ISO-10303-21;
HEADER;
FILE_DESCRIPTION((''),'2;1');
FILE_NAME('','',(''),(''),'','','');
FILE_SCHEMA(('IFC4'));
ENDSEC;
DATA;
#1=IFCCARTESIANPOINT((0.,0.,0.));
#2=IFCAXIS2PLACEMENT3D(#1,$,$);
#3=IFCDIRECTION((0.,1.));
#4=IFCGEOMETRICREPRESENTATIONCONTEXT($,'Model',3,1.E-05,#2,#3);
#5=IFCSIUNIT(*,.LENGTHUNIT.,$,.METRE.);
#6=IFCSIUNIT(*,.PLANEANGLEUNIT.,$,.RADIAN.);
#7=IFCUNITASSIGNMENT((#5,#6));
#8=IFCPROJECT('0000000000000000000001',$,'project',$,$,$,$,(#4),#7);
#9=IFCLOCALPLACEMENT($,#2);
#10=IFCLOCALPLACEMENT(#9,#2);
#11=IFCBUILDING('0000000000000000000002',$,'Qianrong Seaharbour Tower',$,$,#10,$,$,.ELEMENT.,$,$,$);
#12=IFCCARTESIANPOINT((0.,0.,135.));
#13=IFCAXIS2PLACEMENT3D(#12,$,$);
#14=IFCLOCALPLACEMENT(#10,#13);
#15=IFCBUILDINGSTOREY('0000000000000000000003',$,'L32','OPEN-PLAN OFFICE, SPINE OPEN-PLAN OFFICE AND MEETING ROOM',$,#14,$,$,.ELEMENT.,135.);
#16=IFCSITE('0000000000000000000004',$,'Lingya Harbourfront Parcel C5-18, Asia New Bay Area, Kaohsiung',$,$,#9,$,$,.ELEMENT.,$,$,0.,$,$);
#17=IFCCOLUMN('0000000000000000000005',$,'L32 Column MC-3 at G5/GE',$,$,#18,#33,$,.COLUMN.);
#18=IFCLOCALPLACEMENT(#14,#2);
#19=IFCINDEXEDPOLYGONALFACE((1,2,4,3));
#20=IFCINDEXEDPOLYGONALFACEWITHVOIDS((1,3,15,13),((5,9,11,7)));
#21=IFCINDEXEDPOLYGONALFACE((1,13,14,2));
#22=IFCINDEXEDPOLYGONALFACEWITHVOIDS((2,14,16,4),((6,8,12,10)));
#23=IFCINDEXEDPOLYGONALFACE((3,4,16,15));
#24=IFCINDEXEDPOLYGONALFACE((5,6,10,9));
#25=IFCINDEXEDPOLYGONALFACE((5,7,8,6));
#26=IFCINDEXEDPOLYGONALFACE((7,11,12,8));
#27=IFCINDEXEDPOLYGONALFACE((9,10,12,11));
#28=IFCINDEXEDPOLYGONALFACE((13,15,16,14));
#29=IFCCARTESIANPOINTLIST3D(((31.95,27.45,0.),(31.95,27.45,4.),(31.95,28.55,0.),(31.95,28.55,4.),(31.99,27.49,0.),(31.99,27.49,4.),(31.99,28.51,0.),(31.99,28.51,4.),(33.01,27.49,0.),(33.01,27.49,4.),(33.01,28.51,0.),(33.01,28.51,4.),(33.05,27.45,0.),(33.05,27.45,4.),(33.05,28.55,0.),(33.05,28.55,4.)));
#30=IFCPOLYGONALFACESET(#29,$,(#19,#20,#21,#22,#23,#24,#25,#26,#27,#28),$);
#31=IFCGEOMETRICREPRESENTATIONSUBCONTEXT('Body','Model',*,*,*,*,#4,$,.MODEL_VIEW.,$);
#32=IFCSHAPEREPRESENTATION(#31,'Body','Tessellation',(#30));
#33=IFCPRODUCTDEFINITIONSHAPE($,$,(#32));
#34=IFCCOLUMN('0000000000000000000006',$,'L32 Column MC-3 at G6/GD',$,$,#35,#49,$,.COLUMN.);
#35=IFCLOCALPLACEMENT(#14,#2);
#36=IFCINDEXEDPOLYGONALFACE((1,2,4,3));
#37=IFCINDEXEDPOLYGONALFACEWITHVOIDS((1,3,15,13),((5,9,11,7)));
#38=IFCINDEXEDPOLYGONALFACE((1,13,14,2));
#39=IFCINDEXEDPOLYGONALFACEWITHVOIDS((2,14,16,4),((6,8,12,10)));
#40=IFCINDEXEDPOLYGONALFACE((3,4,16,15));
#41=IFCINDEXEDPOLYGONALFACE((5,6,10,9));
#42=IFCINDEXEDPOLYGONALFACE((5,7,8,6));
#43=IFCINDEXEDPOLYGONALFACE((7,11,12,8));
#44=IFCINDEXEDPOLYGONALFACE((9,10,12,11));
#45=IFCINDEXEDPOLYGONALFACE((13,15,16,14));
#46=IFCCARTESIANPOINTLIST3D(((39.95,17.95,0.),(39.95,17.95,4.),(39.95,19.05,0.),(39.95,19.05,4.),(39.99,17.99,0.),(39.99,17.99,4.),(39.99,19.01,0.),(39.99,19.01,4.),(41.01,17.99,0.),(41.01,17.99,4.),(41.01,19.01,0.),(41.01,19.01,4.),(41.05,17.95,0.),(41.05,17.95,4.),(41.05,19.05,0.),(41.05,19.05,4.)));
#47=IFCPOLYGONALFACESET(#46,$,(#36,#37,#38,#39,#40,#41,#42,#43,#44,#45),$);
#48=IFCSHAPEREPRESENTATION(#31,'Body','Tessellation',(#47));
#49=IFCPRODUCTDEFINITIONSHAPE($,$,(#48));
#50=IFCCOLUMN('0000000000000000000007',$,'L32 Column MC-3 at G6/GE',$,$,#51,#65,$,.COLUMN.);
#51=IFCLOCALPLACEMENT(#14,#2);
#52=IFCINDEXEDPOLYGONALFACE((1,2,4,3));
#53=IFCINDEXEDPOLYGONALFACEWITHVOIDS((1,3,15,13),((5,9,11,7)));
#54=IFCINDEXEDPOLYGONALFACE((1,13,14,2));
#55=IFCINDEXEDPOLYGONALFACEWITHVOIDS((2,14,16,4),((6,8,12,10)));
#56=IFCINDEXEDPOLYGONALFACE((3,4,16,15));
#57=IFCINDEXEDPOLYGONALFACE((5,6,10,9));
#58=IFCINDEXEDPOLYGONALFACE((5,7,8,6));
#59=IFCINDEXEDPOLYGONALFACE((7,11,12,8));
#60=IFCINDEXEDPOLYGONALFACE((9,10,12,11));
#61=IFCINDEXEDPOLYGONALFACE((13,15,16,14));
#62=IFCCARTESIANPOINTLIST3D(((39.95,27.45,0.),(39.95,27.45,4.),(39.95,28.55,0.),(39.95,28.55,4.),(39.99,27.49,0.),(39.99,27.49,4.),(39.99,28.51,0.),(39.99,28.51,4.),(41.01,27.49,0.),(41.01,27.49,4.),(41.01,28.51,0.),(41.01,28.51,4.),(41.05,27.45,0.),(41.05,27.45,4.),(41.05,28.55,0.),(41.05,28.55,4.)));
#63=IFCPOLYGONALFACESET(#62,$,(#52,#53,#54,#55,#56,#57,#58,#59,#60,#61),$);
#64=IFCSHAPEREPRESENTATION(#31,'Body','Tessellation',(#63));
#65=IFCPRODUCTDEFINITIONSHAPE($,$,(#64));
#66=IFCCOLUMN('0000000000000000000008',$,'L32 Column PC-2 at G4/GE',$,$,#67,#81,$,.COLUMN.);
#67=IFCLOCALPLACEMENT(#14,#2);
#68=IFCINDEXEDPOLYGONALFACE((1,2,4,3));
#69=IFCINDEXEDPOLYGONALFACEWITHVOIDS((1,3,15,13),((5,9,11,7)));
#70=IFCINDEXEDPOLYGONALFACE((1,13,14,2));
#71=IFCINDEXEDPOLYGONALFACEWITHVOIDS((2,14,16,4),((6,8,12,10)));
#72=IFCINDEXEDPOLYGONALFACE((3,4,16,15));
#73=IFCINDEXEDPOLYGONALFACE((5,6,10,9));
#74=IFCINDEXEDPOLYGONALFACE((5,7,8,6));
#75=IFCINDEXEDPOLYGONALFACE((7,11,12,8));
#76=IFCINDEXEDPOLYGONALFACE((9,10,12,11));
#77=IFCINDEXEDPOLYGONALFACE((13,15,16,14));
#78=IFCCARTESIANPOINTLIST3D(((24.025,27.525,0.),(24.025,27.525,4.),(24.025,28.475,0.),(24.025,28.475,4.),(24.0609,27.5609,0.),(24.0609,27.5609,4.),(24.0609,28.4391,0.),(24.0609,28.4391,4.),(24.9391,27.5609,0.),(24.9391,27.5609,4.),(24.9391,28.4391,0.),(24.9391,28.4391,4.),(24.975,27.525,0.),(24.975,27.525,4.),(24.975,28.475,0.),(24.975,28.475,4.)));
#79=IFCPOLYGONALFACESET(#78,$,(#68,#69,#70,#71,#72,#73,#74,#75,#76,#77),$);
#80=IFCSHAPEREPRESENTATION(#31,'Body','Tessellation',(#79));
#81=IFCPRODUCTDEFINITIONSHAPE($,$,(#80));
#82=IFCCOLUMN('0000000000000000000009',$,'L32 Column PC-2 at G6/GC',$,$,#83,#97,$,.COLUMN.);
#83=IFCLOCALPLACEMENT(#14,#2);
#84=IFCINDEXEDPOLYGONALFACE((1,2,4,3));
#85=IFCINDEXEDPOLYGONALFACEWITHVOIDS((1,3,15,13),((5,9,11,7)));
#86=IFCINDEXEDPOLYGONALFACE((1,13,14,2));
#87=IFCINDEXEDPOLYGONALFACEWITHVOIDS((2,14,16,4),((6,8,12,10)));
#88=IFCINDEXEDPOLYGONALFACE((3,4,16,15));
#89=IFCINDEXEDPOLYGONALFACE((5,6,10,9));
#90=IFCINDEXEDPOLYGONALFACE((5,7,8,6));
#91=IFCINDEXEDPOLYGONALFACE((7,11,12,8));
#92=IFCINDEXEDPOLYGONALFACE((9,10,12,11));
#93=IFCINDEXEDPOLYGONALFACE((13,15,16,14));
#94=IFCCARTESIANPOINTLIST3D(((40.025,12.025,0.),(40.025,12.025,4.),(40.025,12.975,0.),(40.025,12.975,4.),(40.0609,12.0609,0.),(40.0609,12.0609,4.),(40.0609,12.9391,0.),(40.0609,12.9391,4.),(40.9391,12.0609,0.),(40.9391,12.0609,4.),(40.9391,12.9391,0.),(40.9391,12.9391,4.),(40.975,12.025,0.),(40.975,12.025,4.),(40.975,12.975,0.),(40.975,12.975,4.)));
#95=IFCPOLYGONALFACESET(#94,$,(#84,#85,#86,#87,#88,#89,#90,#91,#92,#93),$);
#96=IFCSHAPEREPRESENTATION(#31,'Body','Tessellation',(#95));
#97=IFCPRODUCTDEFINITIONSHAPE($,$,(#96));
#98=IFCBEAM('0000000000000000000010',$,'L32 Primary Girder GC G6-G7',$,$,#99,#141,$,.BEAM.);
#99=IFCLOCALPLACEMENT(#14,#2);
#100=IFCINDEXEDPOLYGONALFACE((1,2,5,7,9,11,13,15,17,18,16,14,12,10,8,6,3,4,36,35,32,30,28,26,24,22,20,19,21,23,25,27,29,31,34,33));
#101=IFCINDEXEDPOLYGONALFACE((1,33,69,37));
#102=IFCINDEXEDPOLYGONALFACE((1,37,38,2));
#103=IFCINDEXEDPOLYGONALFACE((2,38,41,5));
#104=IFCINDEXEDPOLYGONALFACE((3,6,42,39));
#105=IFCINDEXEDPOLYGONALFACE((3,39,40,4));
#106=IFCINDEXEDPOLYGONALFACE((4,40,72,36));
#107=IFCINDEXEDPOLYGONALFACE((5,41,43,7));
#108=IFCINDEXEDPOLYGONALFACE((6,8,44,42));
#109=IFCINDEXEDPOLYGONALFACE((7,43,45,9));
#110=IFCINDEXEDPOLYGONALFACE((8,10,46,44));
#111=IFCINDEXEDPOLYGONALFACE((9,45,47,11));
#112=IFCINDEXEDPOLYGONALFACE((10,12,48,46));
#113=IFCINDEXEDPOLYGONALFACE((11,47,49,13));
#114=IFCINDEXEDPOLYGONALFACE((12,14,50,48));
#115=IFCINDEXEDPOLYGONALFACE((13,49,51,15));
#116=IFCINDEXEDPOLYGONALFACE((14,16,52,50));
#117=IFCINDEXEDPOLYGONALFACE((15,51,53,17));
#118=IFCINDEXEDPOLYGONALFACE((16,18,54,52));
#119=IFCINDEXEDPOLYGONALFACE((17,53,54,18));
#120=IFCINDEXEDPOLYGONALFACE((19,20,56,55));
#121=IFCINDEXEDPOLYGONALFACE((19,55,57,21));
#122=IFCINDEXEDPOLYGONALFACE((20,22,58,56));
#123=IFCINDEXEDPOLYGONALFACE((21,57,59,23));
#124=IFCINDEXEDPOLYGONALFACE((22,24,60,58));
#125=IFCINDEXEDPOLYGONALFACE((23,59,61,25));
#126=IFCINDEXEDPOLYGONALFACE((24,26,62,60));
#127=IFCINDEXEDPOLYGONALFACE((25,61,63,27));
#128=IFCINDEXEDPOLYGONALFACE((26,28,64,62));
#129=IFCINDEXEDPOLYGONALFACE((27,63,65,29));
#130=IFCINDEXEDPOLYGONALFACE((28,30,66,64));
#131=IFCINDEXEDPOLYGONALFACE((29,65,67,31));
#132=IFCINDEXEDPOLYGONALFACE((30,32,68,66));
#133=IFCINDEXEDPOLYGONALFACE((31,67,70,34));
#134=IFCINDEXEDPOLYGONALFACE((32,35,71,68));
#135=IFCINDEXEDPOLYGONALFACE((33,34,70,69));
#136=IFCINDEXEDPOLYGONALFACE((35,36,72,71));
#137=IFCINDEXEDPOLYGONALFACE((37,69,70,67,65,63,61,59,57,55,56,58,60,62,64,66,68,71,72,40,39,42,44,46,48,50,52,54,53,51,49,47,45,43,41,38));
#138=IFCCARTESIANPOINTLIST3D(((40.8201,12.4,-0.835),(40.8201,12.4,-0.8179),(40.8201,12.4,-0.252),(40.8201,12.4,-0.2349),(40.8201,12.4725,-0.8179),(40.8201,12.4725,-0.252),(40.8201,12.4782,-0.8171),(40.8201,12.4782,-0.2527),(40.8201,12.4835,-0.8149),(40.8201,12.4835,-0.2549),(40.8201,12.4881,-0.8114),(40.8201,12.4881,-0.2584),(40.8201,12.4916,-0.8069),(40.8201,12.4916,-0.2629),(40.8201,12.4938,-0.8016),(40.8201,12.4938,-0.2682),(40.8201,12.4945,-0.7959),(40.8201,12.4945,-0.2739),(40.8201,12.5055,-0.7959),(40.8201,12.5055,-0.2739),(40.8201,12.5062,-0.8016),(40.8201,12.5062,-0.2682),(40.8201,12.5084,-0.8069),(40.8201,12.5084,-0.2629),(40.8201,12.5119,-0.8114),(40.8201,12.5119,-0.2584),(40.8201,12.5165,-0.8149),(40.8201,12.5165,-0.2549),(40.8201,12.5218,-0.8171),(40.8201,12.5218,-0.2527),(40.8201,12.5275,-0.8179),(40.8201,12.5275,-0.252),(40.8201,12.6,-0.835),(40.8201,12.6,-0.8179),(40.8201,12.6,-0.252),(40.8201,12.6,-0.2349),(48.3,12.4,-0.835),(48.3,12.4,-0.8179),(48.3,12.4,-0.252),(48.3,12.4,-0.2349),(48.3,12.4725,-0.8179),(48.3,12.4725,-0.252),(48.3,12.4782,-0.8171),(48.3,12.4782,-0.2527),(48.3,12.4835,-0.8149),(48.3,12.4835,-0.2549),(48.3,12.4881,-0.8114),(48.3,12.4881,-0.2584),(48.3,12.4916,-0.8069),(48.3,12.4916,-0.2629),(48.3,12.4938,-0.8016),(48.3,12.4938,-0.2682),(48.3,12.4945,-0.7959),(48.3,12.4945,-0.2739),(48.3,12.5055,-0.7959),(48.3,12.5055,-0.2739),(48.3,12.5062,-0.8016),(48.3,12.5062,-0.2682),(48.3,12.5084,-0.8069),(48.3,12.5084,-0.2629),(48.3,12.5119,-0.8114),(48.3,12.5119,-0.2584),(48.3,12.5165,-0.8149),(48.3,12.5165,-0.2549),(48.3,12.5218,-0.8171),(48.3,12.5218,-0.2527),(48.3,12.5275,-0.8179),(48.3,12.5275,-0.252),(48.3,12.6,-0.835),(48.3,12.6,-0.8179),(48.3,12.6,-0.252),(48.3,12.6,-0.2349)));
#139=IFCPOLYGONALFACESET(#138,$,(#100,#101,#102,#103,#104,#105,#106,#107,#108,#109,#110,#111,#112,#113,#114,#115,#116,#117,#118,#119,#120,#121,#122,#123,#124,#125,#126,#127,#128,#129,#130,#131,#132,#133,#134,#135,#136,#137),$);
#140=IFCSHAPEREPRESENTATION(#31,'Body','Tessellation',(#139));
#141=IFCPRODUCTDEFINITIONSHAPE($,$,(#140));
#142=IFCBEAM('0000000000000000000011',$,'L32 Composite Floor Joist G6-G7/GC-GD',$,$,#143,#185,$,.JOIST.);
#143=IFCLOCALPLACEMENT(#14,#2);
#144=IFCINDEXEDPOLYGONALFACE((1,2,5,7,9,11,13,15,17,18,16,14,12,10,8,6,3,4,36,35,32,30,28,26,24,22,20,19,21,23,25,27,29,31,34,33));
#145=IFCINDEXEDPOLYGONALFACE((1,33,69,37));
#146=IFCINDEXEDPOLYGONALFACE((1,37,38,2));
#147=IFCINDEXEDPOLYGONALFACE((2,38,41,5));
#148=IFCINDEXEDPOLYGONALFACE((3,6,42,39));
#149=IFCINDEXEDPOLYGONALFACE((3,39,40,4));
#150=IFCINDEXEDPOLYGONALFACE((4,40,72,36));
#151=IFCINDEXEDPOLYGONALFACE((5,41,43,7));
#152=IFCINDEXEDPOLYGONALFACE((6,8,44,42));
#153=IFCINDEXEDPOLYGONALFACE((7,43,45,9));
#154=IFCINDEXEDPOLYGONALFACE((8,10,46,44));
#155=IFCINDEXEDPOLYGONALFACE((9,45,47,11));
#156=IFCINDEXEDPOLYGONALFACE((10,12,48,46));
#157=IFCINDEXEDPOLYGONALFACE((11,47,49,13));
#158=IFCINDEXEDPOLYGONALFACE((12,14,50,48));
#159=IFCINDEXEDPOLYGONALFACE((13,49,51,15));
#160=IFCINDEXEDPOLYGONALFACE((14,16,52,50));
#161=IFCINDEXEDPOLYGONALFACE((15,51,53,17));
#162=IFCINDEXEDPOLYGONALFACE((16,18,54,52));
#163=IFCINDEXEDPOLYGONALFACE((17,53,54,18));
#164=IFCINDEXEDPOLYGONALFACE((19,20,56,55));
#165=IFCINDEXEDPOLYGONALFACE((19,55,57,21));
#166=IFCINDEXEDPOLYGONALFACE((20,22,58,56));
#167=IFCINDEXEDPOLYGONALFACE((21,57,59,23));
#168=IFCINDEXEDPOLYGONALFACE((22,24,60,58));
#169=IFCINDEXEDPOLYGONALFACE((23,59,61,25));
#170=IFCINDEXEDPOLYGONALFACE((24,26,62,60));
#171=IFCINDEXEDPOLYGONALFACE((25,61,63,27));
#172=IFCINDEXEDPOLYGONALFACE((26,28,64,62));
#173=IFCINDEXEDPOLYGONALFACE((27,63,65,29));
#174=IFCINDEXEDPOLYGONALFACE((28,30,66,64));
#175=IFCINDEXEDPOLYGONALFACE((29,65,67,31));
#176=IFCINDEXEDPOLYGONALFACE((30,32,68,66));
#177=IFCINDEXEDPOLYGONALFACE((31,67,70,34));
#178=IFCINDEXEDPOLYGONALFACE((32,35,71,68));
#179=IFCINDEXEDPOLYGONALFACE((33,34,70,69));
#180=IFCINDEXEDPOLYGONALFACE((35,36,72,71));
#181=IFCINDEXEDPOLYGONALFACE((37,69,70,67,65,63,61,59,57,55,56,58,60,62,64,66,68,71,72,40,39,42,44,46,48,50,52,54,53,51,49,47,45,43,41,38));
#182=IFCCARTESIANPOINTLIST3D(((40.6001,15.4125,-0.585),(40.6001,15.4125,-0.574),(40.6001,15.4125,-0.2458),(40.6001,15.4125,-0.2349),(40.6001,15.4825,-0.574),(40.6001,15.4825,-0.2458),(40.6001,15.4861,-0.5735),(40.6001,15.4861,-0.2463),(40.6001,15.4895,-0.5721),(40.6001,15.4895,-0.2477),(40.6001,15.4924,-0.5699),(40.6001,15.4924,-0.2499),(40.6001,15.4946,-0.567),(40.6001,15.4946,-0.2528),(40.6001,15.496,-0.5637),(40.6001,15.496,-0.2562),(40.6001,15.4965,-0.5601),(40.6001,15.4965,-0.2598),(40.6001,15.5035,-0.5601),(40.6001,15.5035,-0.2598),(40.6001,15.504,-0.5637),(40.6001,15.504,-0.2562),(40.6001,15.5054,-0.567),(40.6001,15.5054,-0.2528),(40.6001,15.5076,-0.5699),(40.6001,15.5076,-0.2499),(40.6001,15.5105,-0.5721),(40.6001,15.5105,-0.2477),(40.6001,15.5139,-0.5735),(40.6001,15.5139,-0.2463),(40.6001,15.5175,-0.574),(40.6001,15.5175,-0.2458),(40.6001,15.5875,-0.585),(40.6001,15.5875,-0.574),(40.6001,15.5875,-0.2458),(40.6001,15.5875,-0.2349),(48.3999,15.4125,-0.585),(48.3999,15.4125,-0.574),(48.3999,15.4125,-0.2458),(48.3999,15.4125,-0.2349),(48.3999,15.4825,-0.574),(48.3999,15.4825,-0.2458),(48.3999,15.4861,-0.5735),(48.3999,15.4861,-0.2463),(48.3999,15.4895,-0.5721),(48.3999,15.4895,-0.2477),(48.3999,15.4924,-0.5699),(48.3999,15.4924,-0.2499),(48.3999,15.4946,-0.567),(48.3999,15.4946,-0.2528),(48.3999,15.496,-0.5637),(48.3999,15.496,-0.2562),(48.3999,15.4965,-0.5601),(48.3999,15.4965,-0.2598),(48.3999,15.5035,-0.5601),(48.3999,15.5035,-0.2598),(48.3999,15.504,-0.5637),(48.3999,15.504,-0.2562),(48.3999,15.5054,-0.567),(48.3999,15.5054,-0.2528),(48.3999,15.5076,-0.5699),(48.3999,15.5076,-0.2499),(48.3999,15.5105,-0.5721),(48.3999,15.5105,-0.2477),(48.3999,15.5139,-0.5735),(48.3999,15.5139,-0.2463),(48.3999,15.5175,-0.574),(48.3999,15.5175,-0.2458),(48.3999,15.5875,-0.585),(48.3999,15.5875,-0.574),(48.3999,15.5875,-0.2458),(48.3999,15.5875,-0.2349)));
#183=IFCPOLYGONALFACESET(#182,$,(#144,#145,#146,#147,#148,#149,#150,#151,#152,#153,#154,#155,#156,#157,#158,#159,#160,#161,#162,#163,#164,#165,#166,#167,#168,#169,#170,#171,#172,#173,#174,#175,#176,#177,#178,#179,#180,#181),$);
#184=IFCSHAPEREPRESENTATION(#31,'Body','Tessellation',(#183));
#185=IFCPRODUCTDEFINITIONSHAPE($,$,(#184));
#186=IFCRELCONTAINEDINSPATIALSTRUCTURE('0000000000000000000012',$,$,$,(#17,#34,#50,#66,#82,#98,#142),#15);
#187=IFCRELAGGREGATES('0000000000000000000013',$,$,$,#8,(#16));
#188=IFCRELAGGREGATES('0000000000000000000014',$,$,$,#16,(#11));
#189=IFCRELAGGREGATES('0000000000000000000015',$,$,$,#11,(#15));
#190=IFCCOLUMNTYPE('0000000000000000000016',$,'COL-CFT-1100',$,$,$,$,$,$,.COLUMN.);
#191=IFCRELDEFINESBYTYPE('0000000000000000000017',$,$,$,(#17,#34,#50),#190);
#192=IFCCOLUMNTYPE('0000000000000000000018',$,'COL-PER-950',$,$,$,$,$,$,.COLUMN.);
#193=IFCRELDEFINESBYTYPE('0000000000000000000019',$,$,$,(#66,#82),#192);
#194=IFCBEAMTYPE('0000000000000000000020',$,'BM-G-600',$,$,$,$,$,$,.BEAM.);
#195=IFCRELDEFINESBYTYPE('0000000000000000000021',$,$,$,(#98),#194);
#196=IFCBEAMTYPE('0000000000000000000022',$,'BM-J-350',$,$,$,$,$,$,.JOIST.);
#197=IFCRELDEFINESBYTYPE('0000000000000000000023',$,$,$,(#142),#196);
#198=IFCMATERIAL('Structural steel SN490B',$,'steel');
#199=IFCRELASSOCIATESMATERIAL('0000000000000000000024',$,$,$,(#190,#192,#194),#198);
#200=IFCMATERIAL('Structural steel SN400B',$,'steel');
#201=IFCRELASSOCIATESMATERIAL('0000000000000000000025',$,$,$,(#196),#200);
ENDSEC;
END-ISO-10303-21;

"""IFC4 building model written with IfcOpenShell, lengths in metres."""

from ifc_helpers import new_model, si_unit, direction, frame, origin, origin_2d, place, context, subcontext, project, spatial, hollow_rectangle, i_section, extrude, material, material_profile, profile_set, type_object, element, save


model = new_model("IFC4")

# Units and contexts
model_context = context("Model", 3, precision=1e-05, world=origin(), true_north=direction((0.0, 1.0)))
body_context = subcontext(model_context, "Body", "Model", "MODEL_VIEW")
ifc_project = project(units=[si_unit("LENGTHUNIT", "METRE"), si_unit("PLANEANGLEUNIT", "RADIAN")], contexts=[model_context])

# Site, building, storey
site_placement = place(None, origin())
site = spatial("IfcSite", under=ifc_project, at=site_placement, Name="Lingya Harbourfront Parcel C5-18, Asia New Bay Area, Kaohsiung", CompositionType="ELEMENT", RefElevation=0.0)
building_placement = place(site_placement, origin())
building = spatial("IfcBuilding", under=site, at=building_placement, Name="Qianrong Seaharbour Tower", CompositionType="ELEMENT")
storey_placement = place(building_placement, frame((0.0, 0.0, 135.0)))
storey = spatial("IfcBuildingStorey", under=building, at=storey_placement, Name="L32", Description="OPEN-PLAN OFFICE, SPINE OPEN-PLAN OFFICE AND MEETING ROOM", CompositionType="ELEMENT", Elevation=135.0)

# Columns
ifc_material_1 = material(Name="Structural steel SN490B", Category="steel")
ifc_material_profile_1 = material_profile(ifc_material_1, hollow_rectangle(XDim=1.1001, YDim=1.1001, WallThickness=0.04, at=origin_2d()), Name="BOX1100x1100x40")
ifc_profile_set_1 = profile_set([ifc_material_profile_1], Name="Structural steel SN490B")
column_type_1 = type_object("IfcColumnType", Name="COL-CFT-1100", PredefinedType="COLUMN", material=ifc_profile_set_1)
for number, where, z_axis, x_axis, name in (
    (1, (32.5, 28.0, 0.0), (0.0, 0.0, 1.0), (1.0, 0.0, 0.0), "L32 Column MC-3 at G5/GE"),
    (2, (40.5, 18.5, 0.0), (0.0, 0.0, 1.0), (1.0, 0.0, 0.0), "L32 Column MC-3 at G6/GD"),
    (3, (40.5, 28.0, 0.0), (0.0, 0.0, 1.0), (1.0, 0.0, 0.0), "L32 Column MC-3 at G6/GE"),
):
    element("IfcColumn", number, at=place(storey_placement, frame(where, z_axis=z_axis, x_axis=x_axis)), inside=storey, type_object=column_type_1, Name=name, PredefinedType="COLUMN", context=body_context, shape_type="SweptSolid", body=[
        extrude(hollow_rectangle(XDim=1.1001, YDim=1.1001, WallThickness=0.04, at=origin_2d()), origin(), (0.0, 0.0, 1.0), 4.0),
    ])
ifc_material_profile_2 = material_profile(ifc_material_1, hollow_rectangle(XDim=0.95, YDim=0.95, WallThickness=0.0359, at=origin_2d()), Name="BOX950x950x36")
ifc_profile_set_2 = profile_set([ifc_material_profile_2], Name="Structural steel SN490B")
column_type_2 = type_object("IfcColumnType", Name="COL-PER-950", PredefinedType="COLUMN", material=ifc_profile_set_2)
for number, where, z_axis, x_axis, name in (
    (4, (24.5, 28.0, 0.0), (0.0, 0.0, 1.0), (1.0, 0.0, 0.0), "L32 Column PC-2 at G4/GE"),
    (5, (40.5, 12.5, 0.0), (0.0, 0.0, 1.0), (1.0, 0.0, 0.0), "L32 Column PC-2 at G6/GC"),
):
    element("IfcColumn", number, at=place(storey_placement, frame(where, z_axis=z_axis, x_axis=x_axis)), inside=storey, type_object=column_type_2, Name=name, PredefinedType="COLUMN", context=body_context, shape_type="SweptSolid", body=[
        extrude(hollow_rectangle(XDim=0.95, YDim=0.95, WallThickness=0.0359, at=origin_2d()), origin(), (0.0, 0.0, 1.0), 4.0),
    ])

# Beams
ifc_material_profile_3 = material_profile(ifc_material_1, i_section(OverallWidth=0.2, OverallDepth=0.6001, WebThickness=0.011, FlangeThickness=0.0171, FilletRadius=0.022, at=origin_2d()), Name="H600x200x11x17")
ifc_profile_set_3 = profile_set([ifc_material_profile_3], Name="Structural steel SN490B")
beam_type_1 = type_object("IfcBeamType", Name="BM-G-600", PredefinedType="BEAM", material=ifc_profile_set_3)
beam_1_placement = place(storey_placement, frame((40.8201, 12.5, -0.5349), z_axis=(1.0, 0.0, 0.0), x_axis=(0.0, 1.0, 0.0)))
element("IfcBeam", 6, at=beam_1_placement, inside=storey, type_object=beam_type_1, Name="L32 Primary Girder GC G6-G7", PredefinedType="BEAM", context=body_context, shape_type="SweptSolid", body=[
    extrude(i_section(OverallWidth=0.2, OverallDepth=0.6001, WebThickness=0.011, FlangeThickness=0.0171, FilletRadius=0.022, at=origin_2d()), origin(), (0.0, 0.0, 1.0), 7.48),
])
ifc_material_2 = material(Name="Structural steel SN400B", Category="steel")
ifc_material_profile_4 = material_profile(ifc_material_2, i_section(OverallWidth=0.175, OverallDepth=0.3501, WebThickness=0.0071, FlangeThickness=0.011, FilletRadius=0.0139, at=origin_2d()), Name="H350x175x7x11")
ifc_profile_set_4 = profile_set([ifc_material_profile_4], Name="Structural steel SN400B")
beam_type_2 = type_object("IfcBeamType", Name="BM-J-350", PredefinedType="JOIST", material=ifc_profile_set_4)
beam_2_placement = place(storey_placement, frame((40.6001, 15.5, -0.4099), z_axis=(1.0, 0.0, 0.0), x_axis=(0.0, 1.0, 0.0)))
element("IfcBeam", 7, at=beam_2_placement, inside=storey, type_object=beam_type_2, Name="L32 Composite Floor Joist G6-G7/GC-GD", PredefinedType="JOIST", context=body_context, shape_type="SweptSolid", body=[
    extrude(i_section(OverallWidth=0.175, OverallDepth=0.3501, WebThickness=0.0071, FlangeThickness=0.011, FilletRadius=0.0139, at=origin_2d()), origin(), (0.0, 0.0, 1.0), 7.7998),
])

save(model, "model.ifc")
